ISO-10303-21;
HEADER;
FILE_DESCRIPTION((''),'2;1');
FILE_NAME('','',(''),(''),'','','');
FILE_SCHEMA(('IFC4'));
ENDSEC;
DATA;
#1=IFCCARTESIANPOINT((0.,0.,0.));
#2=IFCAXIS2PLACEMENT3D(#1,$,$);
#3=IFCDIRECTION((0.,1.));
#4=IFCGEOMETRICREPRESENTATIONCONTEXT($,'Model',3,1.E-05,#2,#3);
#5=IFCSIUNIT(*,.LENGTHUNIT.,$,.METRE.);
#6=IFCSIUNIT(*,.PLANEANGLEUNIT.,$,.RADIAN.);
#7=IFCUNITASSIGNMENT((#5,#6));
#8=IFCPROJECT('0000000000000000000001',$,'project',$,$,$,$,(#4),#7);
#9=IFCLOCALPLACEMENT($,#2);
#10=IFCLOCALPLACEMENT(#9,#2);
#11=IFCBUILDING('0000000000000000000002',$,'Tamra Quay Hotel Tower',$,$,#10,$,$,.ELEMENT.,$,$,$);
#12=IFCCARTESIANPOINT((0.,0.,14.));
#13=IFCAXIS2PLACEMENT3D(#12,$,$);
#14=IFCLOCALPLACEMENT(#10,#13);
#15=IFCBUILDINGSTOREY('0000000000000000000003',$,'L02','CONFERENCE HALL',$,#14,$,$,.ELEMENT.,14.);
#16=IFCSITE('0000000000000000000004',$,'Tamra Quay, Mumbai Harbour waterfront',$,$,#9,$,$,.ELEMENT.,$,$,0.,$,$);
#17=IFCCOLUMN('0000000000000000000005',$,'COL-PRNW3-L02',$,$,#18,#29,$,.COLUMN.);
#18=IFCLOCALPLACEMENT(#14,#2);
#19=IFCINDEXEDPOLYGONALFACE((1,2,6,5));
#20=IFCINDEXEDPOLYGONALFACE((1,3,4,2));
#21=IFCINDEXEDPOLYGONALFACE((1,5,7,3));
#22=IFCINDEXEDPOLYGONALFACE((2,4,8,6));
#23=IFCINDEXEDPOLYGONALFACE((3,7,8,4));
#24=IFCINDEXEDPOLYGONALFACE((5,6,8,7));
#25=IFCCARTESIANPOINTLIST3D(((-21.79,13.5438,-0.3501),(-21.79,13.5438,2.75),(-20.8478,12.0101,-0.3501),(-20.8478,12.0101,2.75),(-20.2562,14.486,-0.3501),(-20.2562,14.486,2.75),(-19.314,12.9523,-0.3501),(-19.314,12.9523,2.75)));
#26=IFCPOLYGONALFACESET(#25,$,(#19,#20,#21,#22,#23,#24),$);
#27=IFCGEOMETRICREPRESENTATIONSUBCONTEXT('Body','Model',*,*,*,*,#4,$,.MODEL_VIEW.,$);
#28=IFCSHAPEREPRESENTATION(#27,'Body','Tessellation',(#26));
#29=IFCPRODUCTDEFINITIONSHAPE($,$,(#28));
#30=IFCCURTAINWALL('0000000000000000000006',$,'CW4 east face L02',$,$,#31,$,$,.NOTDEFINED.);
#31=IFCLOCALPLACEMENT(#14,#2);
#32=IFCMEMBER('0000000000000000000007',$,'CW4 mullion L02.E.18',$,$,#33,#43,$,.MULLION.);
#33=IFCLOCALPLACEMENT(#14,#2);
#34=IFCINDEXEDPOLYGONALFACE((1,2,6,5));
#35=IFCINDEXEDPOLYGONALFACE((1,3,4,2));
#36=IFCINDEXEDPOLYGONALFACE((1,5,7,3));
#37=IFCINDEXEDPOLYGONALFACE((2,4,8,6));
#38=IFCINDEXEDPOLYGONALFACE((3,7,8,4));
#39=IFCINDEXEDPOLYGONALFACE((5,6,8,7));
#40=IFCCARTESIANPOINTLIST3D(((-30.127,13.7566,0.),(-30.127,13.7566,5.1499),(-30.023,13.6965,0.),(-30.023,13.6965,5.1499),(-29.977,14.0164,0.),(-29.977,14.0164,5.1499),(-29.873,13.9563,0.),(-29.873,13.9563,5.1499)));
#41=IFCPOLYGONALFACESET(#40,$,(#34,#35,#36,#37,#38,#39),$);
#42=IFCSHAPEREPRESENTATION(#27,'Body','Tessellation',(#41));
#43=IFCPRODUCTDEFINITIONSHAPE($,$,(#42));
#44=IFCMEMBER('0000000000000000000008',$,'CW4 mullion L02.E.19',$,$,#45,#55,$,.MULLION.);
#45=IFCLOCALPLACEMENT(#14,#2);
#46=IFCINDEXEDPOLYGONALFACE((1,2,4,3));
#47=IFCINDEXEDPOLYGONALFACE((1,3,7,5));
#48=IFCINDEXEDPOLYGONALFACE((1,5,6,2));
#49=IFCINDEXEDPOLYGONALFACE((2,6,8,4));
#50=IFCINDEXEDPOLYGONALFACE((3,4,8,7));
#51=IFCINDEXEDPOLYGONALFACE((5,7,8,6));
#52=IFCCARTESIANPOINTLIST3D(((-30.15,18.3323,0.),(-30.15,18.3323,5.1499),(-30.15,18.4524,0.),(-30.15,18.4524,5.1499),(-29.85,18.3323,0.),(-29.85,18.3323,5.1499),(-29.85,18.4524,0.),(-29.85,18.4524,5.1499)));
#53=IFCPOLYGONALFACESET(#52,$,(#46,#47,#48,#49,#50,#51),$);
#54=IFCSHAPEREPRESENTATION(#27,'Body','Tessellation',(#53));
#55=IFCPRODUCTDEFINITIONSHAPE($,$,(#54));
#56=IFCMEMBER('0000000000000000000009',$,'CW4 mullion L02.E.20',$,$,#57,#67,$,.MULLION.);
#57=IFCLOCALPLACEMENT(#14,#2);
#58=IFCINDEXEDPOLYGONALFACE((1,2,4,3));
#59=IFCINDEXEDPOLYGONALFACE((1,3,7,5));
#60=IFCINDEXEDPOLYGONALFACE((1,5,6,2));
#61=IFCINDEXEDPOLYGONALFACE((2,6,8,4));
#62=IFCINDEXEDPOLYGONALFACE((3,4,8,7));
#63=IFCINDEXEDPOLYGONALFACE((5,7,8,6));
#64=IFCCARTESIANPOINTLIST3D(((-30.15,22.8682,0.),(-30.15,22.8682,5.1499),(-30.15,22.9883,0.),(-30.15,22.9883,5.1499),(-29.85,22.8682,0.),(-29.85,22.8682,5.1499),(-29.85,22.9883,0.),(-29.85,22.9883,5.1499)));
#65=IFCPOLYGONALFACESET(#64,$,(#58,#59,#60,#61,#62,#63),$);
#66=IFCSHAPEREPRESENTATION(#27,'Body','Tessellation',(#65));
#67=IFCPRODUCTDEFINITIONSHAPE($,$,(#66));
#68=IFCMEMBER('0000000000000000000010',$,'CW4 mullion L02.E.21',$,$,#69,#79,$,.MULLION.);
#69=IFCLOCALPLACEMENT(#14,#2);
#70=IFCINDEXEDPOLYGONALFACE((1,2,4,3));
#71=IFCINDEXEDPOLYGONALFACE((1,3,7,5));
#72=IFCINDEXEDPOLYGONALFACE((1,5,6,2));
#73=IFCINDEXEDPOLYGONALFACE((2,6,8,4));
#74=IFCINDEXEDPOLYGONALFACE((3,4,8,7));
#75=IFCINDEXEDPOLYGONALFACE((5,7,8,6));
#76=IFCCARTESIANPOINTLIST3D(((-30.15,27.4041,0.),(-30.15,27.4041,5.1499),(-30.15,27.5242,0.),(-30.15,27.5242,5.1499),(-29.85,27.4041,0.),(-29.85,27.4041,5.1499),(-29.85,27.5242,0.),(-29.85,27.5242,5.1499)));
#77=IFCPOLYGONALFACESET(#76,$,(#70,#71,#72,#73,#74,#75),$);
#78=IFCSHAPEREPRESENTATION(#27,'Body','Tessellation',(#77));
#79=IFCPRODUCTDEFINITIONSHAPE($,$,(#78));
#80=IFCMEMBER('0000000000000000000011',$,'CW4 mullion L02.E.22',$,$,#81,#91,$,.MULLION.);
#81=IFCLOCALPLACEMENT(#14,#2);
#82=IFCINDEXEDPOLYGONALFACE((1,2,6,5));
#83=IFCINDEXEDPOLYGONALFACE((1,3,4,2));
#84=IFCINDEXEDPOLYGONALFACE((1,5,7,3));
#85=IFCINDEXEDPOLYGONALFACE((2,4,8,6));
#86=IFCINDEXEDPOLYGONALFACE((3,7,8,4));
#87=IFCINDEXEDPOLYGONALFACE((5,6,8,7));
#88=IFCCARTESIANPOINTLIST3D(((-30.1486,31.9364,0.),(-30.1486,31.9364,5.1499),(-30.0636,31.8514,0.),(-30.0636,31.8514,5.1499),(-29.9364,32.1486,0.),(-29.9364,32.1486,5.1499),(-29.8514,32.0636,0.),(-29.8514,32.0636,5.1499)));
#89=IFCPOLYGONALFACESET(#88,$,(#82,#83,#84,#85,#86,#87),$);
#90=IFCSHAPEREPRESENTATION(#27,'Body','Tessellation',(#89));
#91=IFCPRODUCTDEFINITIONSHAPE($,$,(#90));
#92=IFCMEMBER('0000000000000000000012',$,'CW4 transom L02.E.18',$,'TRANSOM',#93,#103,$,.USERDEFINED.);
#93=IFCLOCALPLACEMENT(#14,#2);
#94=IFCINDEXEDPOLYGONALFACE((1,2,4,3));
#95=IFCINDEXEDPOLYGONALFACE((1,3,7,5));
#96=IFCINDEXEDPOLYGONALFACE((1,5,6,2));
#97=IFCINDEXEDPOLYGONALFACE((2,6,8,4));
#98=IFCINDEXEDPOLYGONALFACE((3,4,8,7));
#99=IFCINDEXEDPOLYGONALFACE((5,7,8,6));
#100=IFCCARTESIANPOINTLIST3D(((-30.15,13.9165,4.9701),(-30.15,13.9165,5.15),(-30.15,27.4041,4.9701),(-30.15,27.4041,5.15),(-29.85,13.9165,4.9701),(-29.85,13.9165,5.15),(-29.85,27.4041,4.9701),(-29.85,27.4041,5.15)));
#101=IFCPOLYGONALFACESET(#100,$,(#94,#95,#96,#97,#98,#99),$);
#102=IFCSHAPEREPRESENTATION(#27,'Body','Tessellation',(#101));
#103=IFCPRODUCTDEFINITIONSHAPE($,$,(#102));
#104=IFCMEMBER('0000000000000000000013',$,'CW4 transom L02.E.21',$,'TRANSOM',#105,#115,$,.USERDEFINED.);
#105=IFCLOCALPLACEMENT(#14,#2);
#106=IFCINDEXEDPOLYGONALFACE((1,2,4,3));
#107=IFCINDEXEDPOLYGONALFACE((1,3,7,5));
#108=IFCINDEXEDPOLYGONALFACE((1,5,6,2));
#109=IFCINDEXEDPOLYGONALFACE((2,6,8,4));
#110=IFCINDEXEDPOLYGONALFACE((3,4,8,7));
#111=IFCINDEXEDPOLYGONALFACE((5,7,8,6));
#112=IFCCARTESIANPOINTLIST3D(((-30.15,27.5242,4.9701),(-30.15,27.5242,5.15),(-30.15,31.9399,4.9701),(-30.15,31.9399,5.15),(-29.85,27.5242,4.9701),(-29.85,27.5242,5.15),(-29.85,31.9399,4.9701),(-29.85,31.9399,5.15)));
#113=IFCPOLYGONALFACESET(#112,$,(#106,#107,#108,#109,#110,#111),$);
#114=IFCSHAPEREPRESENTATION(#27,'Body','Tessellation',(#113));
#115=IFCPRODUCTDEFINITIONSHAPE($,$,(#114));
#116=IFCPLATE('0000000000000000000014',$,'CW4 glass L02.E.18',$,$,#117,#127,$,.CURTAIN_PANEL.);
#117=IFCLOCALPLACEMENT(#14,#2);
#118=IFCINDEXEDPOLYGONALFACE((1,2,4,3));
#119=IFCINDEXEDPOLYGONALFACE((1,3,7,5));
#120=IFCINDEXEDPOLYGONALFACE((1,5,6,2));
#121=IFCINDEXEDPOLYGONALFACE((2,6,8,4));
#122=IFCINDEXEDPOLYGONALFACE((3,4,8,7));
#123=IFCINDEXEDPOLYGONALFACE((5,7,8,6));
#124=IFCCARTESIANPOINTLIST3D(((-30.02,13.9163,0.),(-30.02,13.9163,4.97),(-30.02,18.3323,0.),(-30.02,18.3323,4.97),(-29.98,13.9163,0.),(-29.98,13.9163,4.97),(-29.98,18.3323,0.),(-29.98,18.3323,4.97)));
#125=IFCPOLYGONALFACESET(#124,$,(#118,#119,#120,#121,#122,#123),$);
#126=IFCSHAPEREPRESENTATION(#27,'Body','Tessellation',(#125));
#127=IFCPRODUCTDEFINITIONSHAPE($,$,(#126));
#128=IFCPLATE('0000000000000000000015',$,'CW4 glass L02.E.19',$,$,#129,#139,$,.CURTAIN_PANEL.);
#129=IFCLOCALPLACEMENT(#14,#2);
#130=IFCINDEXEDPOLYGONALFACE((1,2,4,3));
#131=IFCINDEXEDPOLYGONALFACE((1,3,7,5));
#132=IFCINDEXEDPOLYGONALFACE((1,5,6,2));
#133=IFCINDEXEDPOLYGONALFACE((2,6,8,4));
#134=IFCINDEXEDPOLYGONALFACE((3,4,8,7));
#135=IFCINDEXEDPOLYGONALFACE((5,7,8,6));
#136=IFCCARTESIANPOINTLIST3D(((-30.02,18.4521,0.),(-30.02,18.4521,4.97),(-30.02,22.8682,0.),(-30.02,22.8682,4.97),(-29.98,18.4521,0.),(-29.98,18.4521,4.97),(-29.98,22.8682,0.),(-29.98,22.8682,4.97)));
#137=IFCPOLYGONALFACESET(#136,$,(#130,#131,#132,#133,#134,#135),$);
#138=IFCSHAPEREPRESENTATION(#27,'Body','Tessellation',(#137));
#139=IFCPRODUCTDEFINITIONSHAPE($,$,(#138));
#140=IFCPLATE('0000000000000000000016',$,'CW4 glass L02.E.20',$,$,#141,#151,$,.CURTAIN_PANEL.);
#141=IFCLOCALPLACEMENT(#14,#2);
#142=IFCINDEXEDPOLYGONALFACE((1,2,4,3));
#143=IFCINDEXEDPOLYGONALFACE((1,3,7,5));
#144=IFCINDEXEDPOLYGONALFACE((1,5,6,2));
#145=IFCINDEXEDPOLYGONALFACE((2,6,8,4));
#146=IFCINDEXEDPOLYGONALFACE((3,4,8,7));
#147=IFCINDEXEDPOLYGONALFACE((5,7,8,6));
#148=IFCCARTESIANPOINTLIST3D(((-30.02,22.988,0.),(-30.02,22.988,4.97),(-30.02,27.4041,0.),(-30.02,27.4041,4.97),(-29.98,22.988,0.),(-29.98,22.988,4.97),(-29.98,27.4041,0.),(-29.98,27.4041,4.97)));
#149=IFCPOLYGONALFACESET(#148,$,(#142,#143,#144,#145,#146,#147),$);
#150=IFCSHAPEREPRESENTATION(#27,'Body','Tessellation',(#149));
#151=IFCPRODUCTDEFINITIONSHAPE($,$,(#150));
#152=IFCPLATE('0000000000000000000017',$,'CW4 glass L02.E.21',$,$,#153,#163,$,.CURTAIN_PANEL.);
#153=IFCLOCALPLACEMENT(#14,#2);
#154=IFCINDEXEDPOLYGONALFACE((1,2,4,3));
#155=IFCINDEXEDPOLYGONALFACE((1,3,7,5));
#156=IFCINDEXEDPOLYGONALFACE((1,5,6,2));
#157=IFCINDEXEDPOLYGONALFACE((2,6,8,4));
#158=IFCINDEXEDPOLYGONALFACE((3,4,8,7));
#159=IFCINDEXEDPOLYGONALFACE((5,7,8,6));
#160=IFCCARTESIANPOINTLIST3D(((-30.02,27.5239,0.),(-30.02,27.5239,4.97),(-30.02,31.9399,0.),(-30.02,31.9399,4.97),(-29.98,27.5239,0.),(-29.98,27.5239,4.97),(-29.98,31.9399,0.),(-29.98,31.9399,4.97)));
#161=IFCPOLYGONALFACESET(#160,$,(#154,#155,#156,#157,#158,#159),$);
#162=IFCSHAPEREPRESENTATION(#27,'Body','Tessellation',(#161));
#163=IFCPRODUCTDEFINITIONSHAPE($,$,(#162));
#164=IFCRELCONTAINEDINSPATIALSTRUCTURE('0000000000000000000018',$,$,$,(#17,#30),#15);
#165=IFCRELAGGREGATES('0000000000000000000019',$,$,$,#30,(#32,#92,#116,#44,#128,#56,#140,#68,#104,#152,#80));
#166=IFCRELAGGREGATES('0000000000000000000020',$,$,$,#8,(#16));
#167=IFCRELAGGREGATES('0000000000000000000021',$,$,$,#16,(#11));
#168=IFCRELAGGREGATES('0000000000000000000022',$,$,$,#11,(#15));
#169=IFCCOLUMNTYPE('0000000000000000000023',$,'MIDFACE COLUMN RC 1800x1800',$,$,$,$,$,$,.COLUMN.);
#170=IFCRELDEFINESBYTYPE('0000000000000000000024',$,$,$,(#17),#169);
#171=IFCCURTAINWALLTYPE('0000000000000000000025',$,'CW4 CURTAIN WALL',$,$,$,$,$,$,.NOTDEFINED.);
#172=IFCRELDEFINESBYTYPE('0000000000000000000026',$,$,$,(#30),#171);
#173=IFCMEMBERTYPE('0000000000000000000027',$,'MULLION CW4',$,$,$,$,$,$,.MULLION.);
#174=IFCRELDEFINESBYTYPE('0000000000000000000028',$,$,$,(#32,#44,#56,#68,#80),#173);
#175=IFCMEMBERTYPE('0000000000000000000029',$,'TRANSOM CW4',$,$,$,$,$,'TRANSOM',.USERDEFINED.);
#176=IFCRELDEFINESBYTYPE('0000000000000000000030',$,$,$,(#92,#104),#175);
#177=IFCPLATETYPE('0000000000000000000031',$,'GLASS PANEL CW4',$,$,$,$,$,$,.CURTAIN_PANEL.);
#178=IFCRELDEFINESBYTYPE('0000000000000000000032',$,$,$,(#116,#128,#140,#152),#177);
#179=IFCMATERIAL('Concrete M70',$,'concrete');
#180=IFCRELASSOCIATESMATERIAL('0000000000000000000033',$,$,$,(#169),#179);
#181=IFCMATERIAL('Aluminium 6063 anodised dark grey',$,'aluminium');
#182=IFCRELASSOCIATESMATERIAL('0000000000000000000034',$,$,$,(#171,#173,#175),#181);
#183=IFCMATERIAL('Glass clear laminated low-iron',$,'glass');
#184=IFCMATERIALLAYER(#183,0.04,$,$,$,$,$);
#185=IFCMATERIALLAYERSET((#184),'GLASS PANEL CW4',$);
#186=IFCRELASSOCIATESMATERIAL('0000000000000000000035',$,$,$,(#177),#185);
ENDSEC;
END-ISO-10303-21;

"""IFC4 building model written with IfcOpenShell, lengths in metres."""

from ifc_helpers import new_model, si_unit, direction, frame, origin, origin_2d, place, context, subcontext, project, spatial, rectangle, extrude, material, layer, layer_set, material_profile, profile_set, type_object, element, aggregate, save


model = new_model("IFC4")

# Units and contexts
model_context = context("Model", 3, precision=1e-05, world=origin(), true_north=direction((0.0, 1.0)))
body_context = subcontext(model_context, "Body", "Model", "MODEL_VIEW")
ifc_project = project(units=[si_unit("LENGTHUNIT", "METRE"), si_unit("PLANEANGLEUNIT", "RADIAN")], contexts=[model_context])

# Site, building, storey
site_placement = place(None, origin())
site = spatial("IfcSite", under=ifc_project, at=site_placement, Name="Tamra Quay, Mumbai Harbour waterfront", CompositionType="ELEMENT", RefElevation=0.0)
building_placement = place(site_placement, origin())
building = spatial("IfcBuilding", under=site, at=building_placement, Name="Tamra Quay Hotel Tower", CompositionType="ELEMENT")
storey_placement = place(building_placement, frame((0.0, 0.0, 14.0)))
storey = spatial("IfcBuildingStorey", under=building, at=storey_placement, Name="L02", Description="CONFERENCE HALL", CompositionType="ELEMENT", Elevation=14.0)

# Column
ifc_material_1 = material(Name="Concrete M70", Category="concrete")
ifc_material_profile_1 = material_profile(ifc_material_1, rectangle(XDim=1.8, YDim=1.8, at=origin_2d()), Name="MIDFACE COLUMN RC 1800x1800")
ifc_profile_set_1 = profile_set([ifc_material_profile_1], Name="Concrete M70")
column_type = type_object("IfcColumnType", Name="MIDFACE COLUMN RC 1800x1800", PredefinedType="COLUMN", material=ifc_profile_set_1)
column_placement = place(storey_placement, frame((-20.552, 13.248, -0.3501), z_axis=(0.0, 0.0, 1.0), x_axis=(-0.52343, 0.852069, 0.0)))
element("IfcColumn", 1, at=column_placement, inside=storey, type_object=column_type, Name="COL-PRNW3-L02", PredefinedType="COLUMN", context=body_context, shape_type="SweptSolid", body=[
    extrude(rectangle(XDim=1.8, YDim=1.8, at=origin_2d()), origin(), (0.0, 0.0, 1.0), 3.1001),
])

# Curtain wall, members, plates
ifc_material_2 = material(Name="Aluminium 6063 anodised dark grey", Category="aluminium")
curtain_wall_type = type_object("IfcCurtainWallType", Name="CW4 CURTAIN WALL", PredefinedType="NOTDEFINED", material=ifc_material_2)
curtain_wall_placement = place(storey_placement, origin())
curtain_wall = element("IfcCurtainWall", 2, at=curtain_wall_placement, inside=storey, type_object=curtain_wall_type, Name="CW4 east face L02", PredefinedType="NOTDEFINED")
ifc_material_profile_2 = material_profile(ifc_material_2, rectangle(XDim=0.3, YDim=0.1201, at=origin_2d()), Name="MULLION 120X300")
ifc_profile_set_2 = profile_set([ifc_material_profile_2], Name="Aluminium 6063 anodised dark grey")
member_type_1 = type_object("IfcMemberType", Name="MULLION CW4", PredefinedType="MULLION", material=ifc_profile_set_2)
member_1_placement = place(storey_placement, frame((-30.0, 13.8564, 0.0), z_axis=(0.0, 0.0, 1.0), x_axis=(0.500164, 0.865931, 0.0)))
member_1 = element("IfcMember", 3, at=member_1_placement, type_object=member_type_1, Name="CW4 mullion L02.E.18", PredefinedType="MULLION", context=body_context, shape_type="SweptSolid", body=[
    extrude(rectangle(XDim=0.3, YDim=0.1201, at=origin_2d()), origin(), (0.0, 0.0, 1.0), 5.1499),
])
member_2_placement = place(storey_placement, frame((-30.0, 18.3923, 0.0), z_axis=(0.0, 0.0, 1.0), x_axis=(1.0, 0.0, 0.0)))
member_2 = element("IfcMember", 4, at=member_2_placement, type_object=member_type_1, Name="CW4 mullion L02.E.19", PredefinedType="MULLION", context=body_context, shape_type="SweptSolid", body=[
    extrude(rectangle(XDim=0.3, YDim=0.1201, at=origin_2d()), origin(), (0.0, 0.0, 1.0), 5.1499),
])
member_3_placement = place(storey_placement, frame((-30.0, 22.9282, 0.0), z_axis=(0.0, 0.0, 1.0), x_axis=(1.0, 0.0, 0.0)))
member_3 = element("IfcMember", 5, at=member_3_placement, type_object=member_type_1, Name="CW4 mullion L02.E.20", PredefinedType="MULLION", context=body_context, shape_type="SweptSolid", body=[
    extrude(rectangle(XDim=0.3, YDim=0.1201, at=origin_2d()), origin(), (0.0, 0.0, 1.0), 5.1499),
])
member_4_placement = place(storey_placement, frame((-30.0, 27.4641, 0.0), z_axis=(0.0, 0.0, 1.0), x_axis=(1.0, 0.0, 0.0)))
member_4 = element("IfcMember", 6, at=member_4_placement, type_object=member_type_1, Name="CW4 mullion L02.E.21", PredefinedType="MULLION", context=body_context, shape_type="SweptSolid", body=[
    extrude(rectangle(XDim=0.3, YDim=0.1201, at=origin_2d()), origin(), (0.0, 0.0, 1.0), 5.1499),
])
member_5_placement = place(storey_placement, frame((-30.0, 32.0, 0.0), z_axis=(0.0, 0.0, 1.0), x_axis=(0.707107, 0.707107, 0.0)))
member_5 = element("IfcMember", 7, at=member_5_placement, type_object=member_type_1, Name="CW4 mullion L02.E.22", PredefinedType="MULLION", context=body_context, shape_type="SweptSolid", body=[
    extrude(rectangle(XDim=0.3, YDim=0.1201, at=origin_2d()), origin(), (0.0, 0.0, 1.0), 5.1499),
])
ifc_material_profile_3 = material_profile(ifc_material_2, rectangle(XDim=0.3, YDim=0.1799, at=origin_2d()), Name="TRANSOM 300X180")
ifc_profile_set_3 = profile_set([ifc_material_profile_3], Name="Aluminium 6063 anodised dark grey")
member_type_2 = type_object("IfcMemberType", Name="TRANSOM CW4", ElementType="TRANSOM", PredefinedType="USERDEFINED", material=ifc_profile_set_3)
member_6_placement = place(storey_placement, frame((-30.0, 13.9165, 5.0601), z_axis=(0.0, 1.0, 0.0), x_axis=(-1.0, 0.0, 0.0)))
member_6 = element("IfcMember", 8, at=member_6_placement, type_object=member_type_2, Name="CW4 transom L02.E.18", ObjectType="TRANSOM", PredefinedType="USERDEFINED", context=body_context, shape_type="SweptSolid", body=[
    extrude(rectangle(XDim=0.3, YDim=0.1799, at=origin_2d()), origin(), (0.0, 0.0, 1.0), 13.4875),
])
member_7_placement = place(storey_placement, frame((-30.0, 27.5242, 5.0601), z_axis=(0.0, 1.0, 0.0), x_axis=(-1.0, 0.0, 0.0)))
member_7 = element("IfcMember", 9, at=member_7_placement, type_object=member_type_2, Name="CW4 transom L02.E.21", ObjectType="TRANSOM", PredefinedType="USERDEFINED", context=body_context, shape_type="SweptSolid", body=[
    extrude(rectangle(XDim=0.3, YDim=0.1799, at=origin_2d()), origin(), (0.0, 0.0, 1.0), 4.4158),
])
ifc_material_3 = material(Name="Glass clear laminated low-iron", Category="glass")
ifc_layer_1 = layer(ifc_material_3, 0.04)
ifc_layer_set_1 = layer_set([ifc_layer_1], Name="GLASS PANEL CW4")
plate_type = type_object("IfcPlateType", Name="GLASS PANEL CW4", PredefinedType="CURTAIN_PANEL", material=ifc_layer_set_1)
plate_1_placement = place(storey_placement, frame((-30.0, 16.1243, 0.0), z_axis=(0.0, 0.0, 1.0), x_axis=(0.0, 1.0, 0.0)))
plate_1 = element("IfcPlate", 10, at=plate_1_placement, type_object=plate_type, Name="CW4 glass L02.E.18", PredefinedType="CURTAIN_PANEL", context=body_context, shape_type="SweptSolid", body=[
    extrude(rectangle(XDim=4.416, YDim=0.04, at=origin_2d()), origin(), (0.0, 0.0, 1.0), 4.97),
])
plate_2_placement = place(storey_placement, frame((-30.0, 20.6602, 0.0), z_axis=(0.0, 0.0, 1.0), x_axis=(0.0, 1.0, 0.0)))
plate_2 = element("IfcPlate", 11, at=plate_2_placement, type_object=plate_type, Name="CW4 glass L02.E.19", PredefinedType="CURTAIN_PANEL", context=body_context, shape_type="SweptSolid", body=[
    extrude(rectangle(XDim=4.416, YDim=0.04, at=origin_2d()), origin(), (0.0, 0.0, 1.0), 4.97),
])
plate_3_placement = place(storey_placement, frame((-30.0, 25.196, 0.0), z_axis=(0.0, 0.0, 1.0), x_axis=(0.0, 1.0, 0.0)))
plate_3 = element("IfcPlate", 12, at=plate_3_placement, type_object=plate_type, Name="CW4 glass L02.E.20", PredefinedType="CURTAIN_PANEL", context=body_context, shape_type="SweptSolid", body=[
    extrude(rectangle(XDim=4.416, YDim=0.04, at=origin_2d()), origin(), (0.0, 0.0, 1.0), 4.97),
])
plate_4_placement = place(storey_placement, frame((-30.0, 29.7319, 0.0), z_axis=(0.0, 0.0, 1.0), x_axis=(0.0, 1.0, 0.0)))
plate_4 = element("IfcPlate", 13, at=plate_4_placement, type_object=plate_type, Name="CW4 glass L02.E.21", PredefinedType="CURTAIN_PANEL", context=body_context, shape_type="SweptSolid", body=[
    extrude(rectangle(XDim=4.416, YDim=0.04, at=origin_2d()), origin(), (0.0, 0.0, 1.0), 4.97),
])
aggregate(curtain_wall, [member_1, member_6, plate_1, member_2, plate_2, member_3, plate_3, member_4, member_7, plate_4, member_5])

save(model, "model.ifc")
